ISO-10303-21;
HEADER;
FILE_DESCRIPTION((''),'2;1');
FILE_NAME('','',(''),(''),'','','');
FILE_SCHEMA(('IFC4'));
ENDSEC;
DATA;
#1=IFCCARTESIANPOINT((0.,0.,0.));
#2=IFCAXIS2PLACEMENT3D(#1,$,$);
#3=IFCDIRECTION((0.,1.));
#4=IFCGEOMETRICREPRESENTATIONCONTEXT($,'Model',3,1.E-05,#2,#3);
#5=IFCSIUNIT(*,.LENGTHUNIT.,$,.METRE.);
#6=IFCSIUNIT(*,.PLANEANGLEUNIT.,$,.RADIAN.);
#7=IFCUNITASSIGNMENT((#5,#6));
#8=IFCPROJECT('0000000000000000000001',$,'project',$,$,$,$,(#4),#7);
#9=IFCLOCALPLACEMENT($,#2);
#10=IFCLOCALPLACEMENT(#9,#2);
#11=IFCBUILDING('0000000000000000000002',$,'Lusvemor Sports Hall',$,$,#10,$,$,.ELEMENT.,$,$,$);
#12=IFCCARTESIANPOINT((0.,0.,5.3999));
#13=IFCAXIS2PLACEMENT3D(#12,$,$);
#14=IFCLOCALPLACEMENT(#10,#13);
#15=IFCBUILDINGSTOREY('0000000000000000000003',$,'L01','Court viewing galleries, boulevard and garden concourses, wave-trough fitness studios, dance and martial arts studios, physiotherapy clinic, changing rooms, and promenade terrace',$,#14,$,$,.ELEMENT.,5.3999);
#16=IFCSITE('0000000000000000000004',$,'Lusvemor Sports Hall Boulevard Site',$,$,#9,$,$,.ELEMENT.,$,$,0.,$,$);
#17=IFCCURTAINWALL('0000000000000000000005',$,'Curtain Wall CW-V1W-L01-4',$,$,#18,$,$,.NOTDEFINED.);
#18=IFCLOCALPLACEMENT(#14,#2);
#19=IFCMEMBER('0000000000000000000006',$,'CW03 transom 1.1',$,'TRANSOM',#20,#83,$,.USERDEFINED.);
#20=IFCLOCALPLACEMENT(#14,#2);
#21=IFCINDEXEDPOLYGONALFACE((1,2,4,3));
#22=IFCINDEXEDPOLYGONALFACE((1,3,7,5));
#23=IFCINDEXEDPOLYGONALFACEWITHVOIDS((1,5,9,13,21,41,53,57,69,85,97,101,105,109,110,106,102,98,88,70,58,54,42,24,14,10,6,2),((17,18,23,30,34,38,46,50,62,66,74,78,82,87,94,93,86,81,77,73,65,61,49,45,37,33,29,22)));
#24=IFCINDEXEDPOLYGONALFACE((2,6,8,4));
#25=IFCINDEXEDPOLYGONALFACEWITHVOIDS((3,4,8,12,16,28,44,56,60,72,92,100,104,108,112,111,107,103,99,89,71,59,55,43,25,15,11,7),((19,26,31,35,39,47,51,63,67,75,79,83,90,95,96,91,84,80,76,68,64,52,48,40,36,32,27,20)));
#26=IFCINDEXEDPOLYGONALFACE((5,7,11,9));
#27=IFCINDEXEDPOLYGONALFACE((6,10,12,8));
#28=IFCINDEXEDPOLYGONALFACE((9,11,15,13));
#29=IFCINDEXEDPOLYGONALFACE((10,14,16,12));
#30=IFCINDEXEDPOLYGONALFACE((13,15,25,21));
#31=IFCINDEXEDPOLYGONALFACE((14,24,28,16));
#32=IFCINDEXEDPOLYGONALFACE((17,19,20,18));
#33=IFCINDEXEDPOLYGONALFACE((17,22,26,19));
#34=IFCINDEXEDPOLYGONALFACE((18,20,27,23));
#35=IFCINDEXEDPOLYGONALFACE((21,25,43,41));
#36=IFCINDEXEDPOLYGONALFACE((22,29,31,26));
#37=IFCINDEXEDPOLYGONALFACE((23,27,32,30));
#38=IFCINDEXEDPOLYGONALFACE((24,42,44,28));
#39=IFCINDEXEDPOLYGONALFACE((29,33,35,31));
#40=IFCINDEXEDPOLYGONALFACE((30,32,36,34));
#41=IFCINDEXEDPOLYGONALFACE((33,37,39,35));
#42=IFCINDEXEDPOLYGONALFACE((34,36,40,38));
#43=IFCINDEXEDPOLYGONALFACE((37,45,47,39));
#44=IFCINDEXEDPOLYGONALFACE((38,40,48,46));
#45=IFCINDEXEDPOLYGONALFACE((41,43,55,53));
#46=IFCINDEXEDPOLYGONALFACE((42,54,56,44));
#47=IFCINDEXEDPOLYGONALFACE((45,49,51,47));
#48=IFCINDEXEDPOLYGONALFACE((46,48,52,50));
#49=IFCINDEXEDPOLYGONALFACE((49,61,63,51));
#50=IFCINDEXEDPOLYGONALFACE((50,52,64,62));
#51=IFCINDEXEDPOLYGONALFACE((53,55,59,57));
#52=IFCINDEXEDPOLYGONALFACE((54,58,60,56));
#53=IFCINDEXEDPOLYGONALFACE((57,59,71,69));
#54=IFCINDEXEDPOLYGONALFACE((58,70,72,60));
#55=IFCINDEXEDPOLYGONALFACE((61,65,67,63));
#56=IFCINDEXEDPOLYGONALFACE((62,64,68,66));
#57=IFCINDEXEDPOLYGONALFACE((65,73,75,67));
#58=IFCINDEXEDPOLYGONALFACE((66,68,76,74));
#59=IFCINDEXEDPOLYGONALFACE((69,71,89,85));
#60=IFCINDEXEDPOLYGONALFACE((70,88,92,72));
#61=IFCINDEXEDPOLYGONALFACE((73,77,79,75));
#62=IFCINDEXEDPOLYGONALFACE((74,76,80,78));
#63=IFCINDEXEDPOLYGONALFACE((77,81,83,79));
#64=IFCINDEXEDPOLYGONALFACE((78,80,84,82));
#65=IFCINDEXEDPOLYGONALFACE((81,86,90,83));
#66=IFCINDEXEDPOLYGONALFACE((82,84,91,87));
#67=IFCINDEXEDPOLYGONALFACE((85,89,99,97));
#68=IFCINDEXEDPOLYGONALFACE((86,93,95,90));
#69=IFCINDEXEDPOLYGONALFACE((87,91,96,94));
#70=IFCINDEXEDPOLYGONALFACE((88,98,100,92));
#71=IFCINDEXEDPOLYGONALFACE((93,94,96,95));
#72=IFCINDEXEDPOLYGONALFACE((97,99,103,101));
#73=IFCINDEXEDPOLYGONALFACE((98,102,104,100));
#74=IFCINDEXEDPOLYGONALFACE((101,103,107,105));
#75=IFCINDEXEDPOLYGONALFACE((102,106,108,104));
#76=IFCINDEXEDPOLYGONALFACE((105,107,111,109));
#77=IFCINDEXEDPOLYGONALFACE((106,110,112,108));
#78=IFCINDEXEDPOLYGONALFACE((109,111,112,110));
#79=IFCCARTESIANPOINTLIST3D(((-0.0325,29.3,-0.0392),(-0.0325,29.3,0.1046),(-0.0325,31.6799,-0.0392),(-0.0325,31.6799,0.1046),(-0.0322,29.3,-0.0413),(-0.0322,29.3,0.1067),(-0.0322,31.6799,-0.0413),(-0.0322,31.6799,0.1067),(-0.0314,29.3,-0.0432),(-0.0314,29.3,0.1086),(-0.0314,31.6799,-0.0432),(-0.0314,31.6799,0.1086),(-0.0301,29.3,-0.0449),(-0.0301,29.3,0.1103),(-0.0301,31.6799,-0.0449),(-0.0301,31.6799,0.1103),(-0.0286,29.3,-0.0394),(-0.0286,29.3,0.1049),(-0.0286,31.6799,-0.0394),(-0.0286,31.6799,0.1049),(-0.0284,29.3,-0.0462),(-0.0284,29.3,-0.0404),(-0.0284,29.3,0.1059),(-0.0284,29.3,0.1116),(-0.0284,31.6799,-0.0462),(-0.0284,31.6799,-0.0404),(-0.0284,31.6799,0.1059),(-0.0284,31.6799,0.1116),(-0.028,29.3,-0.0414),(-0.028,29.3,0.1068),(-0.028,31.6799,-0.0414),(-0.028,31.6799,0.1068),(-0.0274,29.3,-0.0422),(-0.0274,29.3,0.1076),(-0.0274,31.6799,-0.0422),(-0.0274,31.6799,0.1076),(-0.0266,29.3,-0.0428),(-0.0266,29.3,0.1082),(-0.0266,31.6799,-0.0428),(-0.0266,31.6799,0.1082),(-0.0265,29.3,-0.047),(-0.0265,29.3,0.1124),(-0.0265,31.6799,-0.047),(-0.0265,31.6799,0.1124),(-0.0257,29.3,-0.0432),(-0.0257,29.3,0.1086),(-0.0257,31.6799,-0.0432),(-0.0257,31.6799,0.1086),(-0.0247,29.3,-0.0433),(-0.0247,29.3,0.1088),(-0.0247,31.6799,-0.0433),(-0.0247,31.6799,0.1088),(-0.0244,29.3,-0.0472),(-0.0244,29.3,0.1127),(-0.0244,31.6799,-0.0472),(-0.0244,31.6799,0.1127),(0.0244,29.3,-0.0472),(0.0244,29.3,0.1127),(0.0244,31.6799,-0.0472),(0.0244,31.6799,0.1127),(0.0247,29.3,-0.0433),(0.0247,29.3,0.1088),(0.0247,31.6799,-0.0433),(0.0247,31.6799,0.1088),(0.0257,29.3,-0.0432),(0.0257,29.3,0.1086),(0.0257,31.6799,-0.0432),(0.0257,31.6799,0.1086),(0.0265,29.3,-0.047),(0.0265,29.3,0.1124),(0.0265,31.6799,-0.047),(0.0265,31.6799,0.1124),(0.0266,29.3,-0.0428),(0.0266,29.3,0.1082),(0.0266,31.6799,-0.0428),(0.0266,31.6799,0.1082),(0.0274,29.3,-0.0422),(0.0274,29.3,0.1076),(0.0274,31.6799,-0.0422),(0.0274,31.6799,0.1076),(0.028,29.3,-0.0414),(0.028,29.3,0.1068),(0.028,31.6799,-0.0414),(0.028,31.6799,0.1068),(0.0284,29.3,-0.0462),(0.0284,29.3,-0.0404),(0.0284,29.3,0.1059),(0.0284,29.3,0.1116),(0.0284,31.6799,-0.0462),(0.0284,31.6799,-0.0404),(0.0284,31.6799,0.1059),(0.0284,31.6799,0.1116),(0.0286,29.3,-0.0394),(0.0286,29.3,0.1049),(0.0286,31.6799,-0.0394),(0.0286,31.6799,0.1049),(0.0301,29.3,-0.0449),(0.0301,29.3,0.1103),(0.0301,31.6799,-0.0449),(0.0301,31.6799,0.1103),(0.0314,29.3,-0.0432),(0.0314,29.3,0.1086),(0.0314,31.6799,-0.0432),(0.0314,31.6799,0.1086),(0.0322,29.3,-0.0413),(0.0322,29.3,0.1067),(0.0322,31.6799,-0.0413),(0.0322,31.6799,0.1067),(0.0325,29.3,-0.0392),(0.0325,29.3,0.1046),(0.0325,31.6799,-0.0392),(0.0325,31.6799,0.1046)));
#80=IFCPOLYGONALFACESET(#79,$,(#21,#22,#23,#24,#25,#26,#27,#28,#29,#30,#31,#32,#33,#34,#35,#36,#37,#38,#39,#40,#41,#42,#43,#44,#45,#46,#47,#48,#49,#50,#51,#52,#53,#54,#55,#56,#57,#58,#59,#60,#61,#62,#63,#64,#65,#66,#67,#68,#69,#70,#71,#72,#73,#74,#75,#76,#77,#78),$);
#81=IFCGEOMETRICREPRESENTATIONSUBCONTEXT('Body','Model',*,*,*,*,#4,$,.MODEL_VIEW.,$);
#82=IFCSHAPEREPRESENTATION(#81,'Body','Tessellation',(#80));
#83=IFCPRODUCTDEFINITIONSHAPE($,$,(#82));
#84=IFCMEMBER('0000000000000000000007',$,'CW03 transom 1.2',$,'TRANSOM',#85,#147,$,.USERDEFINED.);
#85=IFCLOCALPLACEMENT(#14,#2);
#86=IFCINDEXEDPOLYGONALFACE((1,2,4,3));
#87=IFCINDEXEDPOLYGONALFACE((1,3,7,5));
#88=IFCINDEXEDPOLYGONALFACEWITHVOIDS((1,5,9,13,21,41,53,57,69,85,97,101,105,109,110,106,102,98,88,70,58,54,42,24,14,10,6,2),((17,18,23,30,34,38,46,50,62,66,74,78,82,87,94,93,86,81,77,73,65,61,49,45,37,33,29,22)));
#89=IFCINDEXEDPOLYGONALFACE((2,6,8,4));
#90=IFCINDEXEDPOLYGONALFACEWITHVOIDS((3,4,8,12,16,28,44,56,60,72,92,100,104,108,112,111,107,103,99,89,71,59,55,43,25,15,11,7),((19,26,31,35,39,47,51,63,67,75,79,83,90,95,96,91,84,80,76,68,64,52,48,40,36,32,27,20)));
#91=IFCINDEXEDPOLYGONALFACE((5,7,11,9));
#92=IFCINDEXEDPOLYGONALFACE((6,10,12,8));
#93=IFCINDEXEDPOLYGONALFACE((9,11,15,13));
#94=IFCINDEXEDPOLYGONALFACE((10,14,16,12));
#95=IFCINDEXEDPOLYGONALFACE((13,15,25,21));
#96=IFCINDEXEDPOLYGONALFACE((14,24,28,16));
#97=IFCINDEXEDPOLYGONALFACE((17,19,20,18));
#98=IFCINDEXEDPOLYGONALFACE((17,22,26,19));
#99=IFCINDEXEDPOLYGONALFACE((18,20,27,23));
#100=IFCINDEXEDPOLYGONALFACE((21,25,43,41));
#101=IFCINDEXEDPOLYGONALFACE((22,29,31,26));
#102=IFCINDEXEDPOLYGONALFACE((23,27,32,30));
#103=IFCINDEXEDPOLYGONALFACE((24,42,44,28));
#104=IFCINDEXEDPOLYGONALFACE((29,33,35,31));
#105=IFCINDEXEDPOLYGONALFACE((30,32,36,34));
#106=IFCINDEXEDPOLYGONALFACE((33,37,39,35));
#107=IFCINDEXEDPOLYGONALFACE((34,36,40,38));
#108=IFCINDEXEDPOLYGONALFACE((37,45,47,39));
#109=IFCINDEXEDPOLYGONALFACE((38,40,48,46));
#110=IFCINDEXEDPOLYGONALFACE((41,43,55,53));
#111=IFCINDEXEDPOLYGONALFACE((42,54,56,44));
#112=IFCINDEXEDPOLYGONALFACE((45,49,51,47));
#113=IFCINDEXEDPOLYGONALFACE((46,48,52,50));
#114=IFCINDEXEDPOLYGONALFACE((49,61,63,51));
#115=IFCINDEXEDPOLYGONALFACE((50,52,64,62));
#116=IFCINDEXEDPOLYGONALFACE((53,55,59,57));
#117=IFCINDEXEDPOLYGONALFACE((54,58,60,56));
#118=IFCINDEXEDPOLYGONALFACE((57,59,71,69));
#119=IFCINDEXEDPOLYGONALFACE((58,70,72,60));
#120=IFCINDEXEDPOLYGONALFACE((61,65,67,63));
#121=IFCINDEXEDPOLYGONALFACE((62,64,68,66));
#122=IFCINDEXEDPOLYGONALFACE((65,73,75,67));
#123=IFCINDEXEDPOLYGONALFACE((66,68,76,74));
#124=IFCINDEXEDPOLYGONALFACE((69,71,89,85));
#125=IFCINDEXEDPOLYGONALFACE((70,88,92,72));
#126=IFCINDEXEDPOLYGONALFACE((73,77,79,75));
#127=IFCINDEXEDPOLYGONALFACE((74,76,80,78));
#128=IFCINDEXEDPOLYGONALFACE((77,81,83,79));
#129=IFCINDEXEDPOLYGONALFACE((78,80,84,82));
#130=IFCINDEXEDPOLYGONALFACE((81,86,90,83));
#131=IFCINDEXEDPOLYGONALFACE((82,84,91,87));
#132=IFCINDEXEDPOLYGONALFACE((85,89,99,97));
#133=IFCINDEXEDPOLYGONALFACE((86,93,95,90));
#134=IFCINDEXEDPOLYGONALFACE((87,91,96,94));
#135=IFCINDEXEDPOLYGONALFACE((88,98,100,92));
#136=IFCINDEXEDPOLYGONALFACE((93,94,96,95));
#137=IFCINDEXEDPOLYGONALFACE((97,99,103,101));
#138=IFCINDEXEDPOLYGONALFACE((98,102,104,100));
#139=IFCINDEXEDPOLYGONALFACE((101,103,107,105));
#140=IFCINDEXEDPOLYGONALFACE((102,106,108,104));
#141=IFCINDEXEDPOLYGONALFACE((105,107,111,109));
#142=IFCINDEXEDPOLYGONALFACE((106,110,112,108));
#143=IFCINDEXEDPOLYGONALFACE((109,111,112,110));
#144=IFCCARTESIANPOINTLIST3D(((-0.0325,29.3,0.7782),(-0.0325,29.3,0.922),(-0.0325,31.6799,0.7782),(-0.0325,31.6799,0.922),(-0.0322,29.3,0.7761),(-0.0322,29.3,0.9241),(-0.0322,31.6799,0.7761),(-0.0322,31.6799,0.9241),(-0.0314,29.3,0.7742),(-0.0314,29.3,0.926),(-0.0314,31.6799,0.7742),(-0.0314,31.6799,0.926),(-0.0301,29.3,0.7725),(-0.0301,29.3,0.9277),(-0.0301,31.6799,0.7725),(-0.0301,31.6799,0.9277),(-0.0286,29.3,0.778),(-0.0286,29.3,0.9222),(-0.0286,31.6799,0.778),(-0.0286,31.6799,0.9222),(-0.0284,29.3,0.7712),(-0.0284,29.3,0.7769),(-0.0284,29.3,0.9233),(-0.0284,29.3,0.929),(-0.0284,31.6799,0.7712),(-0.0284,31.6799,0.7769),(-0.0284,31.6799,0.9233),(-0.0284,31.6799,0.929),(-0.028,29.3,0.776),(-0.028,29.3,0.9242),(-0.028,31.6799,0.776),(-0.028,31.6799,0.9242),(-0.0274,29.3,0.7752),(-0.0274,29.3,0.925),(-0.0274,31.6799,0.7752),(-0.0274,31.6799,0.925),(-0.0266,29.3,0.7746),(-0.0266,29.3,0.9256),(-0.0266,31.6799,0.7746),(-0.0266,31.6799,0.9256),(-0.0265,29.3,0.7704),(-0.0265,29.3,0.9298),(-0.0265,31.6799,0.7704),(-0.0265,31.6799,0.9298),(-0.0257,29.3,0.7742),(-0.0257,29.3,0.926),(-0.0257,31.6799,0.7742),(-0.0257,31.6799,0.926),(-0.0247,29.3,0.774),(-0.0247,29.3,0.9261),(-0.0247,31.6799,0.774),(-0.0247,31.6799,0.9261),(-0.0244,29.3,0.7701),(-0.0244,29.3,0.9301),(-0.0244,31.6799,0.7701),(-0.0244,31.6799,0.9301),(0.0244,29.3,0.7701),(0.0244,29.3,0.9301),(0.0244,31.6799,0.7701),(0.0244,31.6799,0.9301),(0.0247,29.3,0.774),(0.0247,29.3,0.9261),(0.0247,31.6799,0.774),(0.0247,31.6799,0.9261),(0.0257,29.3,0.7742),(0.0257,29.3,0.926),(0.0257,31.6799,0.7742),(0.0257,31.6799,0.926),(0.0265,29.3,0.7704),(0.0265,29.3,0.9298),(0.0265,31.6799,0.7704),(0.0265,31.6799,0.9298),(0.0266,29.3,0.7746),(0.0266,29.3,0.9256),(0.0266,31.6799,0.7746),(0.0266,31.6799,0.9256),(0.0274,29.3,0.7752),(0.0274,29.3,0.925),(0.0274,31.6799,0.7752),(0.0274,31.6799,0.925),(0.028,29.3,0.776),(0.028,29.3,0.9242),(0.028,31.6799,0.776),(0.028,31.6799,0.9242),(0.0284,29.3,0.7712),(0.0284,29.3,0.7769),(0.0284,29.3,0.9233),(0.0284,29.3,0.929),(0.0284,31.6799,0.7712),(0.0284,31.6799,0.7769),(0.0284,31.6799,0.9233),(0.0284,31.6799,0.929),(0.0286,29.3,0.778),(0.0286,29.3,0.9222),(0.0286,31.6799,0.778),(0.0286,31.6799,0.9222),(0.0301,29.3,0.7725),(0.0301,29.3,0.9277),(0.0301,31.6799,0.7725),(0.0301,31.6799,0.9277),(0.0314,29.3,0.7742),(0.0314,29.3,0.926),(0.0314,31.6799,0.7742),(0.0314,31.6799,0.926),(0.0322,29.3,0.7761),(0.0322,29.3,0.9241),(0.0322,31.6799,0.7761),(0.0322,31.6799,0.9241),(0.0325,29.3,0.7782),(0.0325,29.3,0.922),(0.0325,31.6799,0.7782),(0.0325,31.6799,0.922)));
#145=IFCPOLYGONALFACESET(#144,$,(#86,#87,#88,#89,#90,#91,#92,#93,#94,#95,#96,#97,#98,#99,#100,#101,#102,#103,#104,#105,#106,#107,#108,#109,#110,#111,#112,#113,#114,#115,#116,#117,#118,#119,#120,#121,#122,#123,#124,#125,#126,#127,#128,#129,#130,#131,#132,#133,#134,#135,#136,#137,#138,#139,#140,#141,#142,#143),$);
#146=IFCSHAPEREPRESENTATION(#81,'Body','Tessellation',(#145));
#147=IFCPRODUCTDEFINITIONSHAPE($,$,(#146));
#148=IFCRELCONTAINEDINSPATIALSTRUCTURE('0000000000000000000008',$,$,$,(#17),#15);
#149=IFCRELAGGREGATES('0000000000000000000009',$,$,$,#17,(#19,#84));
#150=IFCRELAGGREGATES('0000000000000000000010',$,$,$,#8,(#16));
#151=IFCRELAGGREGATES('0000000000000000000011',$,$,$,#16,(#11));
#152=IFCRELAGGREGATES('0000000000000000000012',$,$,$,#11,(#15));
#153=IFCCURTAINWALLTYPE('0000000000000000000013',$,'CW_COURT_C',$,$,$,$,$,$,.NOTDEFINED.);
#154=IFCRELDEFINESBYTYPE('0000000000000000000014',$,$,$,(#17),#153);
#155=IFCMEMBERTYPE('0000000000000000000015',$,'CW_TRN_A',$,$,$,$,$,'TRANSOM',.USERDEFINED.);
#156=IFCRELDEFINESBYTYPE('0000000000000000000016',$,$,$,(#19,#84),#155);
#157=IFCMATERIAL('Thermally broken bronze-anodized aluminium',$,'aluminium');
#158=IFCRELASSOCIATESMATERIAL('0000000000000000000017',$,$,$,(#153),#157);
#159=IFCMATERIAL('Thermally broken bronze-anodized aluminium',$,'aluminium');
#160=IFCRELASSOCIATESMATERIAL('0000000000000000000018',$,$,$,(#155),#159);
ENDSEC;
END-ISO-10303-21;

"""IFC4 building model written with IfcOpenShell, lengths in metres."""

from ifc_helpers import new_model, si_unit, direction, frame, origin, origin_2d, place, context, subcontext, project, spatial, hollow_rectangle, extrude, material, material_profile, profile_set, type_object, element, aggregate, save


model = new_model("IFC4")

# Units and contexts
model_context = context("Model", 3, precision=1e-05, world=origin(), true_north=direction((0.0, 1.0)))
body_context = subcontext(model_context, "Body", "Model", "MODEL_VIEW")
ifc_project = project(units=[si_unit("LENGTHUNIT", "METRE"), si_unit("PLANEANGLEUNIT", "RADIAN")], contexts=[model_context])

# Site, building, storey
site_placement = place(None, origin())
site = spatial("IfcSite", under=ifc_project, at=site_placement, Name="Lusvemor Sports Hall Boulevard Site", CompositionType="ELEMENT", RefElevation=0.0)
building_placement = place(site_placement, origin())
building = spatial("IfcBuilding", under=site, at=building_placement, Name="Lusvemor Sports Hall", CompositionType="ELEMENT")
storey_placement = place(building_placement, frame((0.0, 0.0, 5.3999)))
storey = spatial("IfcBuildingStorey", under=building, at=storey_placement, Name="L01", Description="Court viewing galleries, boulevard and garden concourses, wave-trough fitness studios, dance and martial arts studios, physiotherapy clinic, changing rooms, and promenade terrace", CompositionType="ELEMENT", Elevation=5.3999)

# Curtain wall
ifc_material_1 = material(Name="Thermally broken bronze-anodized aluminium", Category="aluminium")
curtain_wall_type = type_object("IfcCurtainWallType", Name="CW_COURT_C", PredefinedType="NOTDEFINED", material=ifc_material_1)
curtain_wall_1_placement = place(storey_placement, origin())
curtain_wall_1 = element("IfcCurtainWall", 1, at=curtain_wall_1_placement, inside=storey, type_object=curtain_wall_type, Name="Curtain Wall CW-V1W-L01-4", PredefinedType="NOTDEFINED")

# Members
ifc_material_2 = material(Name="Thermally broken bronze-anodized aluminium", Category="aluminium")
ifc_material_profile_1 = material_profile(ifc_material_2, hollow_rectangle(XDim=0.0649, YDim=0.1599, WallThickness=0.0039, InnerFilletRadius=0.0039, OuterFilletRadius=0.0081, at=origin_2d()), Name="CWTRN160x65x4")
ifc_profile_set_1 = profile_set([ifc_material_profile_1], Name="Thermally broken bronze-anodized aluminium")
member_type_1 = type_object("IfcMemberType", Name="CW_TRN_A", ElementType="TRANSOM", PredefinedType="USERDEFINED", material=ifc_profile_set_1)
member_1_placement = place(storey_placement, frame((0.0, 29.3, 0.0327), z_axis=(0.0, 1.0, 0.0), x_axis=(-1.0, 0.0, 0.0)))
member_1 = element("IfcMember", 2, at=member_1_placement, type_object=member_type_1, Name="CW03 transom 1.1", ObjectType="TRANSOM", PredefinedType="USERDEFINED", context=body_context, shape_type="SweptSolid", body=[
    extrude(hollow_rectangle(XDim=0.0649, YDim=0.1599, WallThickness=0.0039, InnerFilletRadius=0.0039, OuterFilletRadius=0.0081, at=origin_2d()), origin(), (0.0, 0.0, 1.0), 2.3799),
])
member_2_placement = place(storey_placement, frame((0.0, 29.3, 0.8501), z_axis=(0.0, 1.0, 0.0), x_axis=(-1.0, 0.0, 0.0)))
member_2 = element("IfcMember", 3, at=member_2_placement, type_object=member_type_1, Name="CW03 transom 1.2", ObjectType="TRANSOM", PredefinedType="USERDEFINED", context=body_context, shape_type="SweptSolid", body=[
    extrude(hollow_rectangle(XDim=0.0649, YDim=0.1599, WallThickness=0.0039, InnerFilletRadius=0.0039, OuterFilletRadius=0.0081, at=origin_2d()), origin(), (0.0, 0.0, 1.0), 2.3799),
])

aggregate(curtain_wall_1, [member_1, member_2])

save(model, "model.ifc")
